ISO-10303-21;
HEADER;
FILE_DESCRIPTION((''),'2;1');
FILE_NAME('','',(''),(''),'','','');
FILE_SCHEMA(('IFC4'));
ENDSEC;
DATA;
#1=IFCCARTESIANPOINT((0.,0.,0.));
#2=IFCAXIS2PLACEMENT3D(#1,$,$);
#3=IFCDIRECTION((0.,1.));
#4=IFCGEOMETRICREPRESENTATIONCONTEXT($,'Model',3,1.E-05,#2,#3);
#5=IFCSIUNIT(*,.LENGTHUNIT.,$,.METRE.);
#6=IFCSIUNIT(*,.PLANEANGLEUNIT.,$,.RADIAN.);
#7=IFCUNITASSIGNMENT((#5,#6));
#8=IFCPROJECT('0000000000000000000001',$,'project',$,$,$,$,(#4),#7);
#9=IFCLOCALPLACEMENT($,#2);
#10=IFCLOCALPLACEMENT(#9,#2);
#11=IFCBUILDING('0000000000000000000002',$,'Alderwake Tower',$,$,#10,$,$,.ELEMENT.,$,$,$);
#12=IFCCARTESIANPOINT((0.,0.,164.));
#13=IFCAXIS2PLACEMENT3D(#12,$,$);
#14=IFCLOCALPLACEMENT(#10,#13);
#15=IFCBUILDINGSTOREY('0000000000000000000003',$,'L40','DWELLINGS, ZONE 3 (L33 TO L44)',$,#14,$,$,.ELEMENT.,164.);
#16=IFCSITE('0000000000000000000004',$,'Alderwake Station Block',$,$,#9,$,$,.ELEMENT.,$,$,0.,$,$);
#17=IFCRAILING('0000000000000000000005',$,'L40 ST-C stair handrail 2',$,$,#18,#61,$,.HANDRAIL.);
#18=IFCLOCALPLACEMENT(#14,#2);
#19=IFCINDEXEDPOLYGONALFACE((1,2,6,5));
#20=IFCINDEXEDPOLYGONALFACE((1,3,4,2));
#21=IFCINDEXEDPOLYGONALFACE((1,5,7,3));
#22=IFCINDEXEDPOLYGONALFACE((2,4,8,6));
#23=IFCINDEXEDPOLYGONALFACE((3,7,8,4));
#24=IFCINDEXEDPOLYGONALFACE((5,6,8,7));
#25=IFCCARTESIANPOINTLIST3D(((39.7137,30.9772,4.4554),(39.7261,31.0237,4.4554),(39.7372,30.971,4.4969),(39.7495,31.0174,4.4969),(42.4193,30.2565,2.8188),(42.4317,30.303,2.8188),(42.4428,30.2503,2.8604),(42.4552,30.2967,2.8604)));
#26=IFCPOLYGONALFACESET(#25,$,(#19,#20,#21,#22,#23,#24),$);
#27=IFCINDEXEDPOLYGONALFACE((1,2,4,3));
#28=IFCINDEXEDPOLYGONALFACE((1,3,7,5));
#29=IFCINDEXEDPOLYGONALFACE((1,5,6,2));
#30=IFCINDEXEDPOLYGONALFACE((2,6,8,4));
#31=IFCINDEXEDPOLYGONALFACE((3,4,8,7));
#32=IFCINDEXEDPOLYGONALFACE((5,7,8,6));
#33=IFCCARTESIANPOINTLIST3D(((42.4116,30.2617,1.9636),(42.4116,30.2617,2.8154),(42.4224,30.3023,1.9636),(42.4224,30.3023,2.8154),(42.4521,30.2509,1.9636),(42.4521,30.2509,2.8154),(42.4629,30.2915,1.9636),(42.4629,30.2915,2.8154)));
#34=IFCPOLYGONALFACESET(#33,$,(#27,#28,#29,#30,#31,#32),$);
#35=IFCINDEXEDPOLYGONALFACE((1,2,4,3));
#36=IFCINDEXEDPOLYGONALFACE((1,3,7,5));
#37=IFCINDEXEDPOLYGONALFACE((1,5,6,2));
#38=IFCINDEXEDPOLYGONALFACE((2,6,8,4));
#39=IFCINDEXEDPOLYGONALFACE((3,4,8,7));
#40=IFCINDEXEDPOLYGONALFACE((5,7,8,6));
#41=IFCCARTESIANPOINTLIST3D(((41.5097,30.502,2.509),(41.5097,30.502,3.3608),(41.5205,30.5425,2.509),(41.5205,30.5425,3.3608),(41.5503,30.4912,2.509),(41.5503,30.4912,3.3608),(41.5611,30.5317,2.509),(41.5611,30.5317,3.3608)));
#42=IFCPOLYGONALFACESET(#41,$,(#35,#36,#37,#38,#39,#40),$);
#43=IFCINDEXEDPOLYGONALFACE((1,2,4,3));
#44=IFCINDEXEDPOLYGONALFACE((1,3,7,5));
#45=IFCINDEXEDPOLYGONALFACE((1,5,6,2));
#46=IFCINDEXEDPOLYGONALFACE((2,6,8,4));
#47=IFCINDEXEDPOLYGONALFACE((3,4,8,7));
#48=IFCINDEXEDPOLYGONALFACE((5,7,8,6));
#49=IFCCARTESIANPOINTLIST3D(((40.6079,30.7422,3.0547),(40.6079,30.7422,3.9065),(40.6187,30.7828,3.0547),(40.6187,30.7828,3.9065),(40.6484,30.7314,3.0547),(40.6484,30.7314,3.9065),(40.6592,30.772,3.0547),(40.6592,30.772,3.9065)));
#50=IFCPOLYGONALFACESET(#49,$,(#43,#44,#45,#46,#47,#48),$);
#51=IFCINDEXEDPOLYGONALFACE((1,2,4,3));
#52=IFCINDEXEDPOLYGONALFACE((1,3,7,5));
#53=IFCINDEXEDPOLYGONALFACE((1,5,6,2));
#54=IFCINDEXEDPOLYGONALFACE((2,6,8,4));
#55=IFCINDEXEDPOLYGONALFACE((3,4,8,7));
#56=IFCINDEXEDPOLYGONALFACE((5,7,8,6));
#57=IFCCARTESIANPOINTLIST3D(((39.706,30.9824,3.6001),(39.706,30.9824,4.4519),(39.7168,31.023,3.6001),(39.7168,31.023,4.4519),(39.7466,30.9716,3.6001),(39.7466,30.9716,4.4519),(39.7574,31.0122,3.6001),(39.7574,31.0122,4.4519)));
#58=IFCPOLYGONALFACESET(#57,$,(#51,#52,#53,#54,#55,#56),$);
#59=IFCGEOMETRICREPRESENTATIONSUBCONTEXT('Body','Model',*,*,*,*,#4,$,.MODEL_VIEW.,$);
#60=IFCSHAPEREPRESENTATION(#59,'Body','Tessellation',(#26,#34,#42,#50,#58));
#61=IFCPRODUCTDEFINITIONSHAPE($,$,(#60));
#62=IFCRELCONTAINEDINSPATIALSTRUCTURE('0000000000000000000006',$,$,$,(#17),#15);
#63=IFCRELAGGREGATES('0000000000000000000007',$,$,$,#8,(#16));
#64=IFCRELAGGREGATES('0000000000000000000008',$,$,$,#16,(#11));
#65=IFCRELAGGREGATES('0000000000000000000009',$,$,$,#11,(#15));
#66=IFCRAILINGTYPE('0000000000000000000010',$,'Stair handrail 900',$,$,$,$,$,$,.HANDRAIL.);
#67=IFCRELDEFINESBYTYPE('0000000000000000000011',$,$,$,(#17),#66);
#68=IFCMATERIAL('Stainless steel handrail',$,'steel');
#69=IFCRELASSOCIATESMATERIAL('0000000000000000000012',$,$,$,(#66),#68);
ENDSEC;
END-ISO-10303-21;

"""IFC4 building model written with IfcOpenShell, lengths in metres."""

from ifc_helpers import new_model, si_unit, direction, frame, origin, origin_2d, place, context, subcontext, project, spatial, rectangle, extrude, material, type_object, element, save


model = new_model("IFC4")

# Units and contexts
model_context = context("Model", 3, precision=1e-05, world=origin(), true_north=direction((0.0, 1.0)))
body_context = subcontext(model_context, "Body", "Model", "MODEL_VIEW")
ifc_project = project(units=[si_unit("LENGTHUNIT", "METRE"), si_unit("PLANEANGLEUNIT", "RADIAN")], contexts=[model_context])

# Site, building, storey
site_placement = place(None, origin())
site = spatial("IfcSite", under=ifc_project, at=site_placement, Name="Alderwake Station Block", CompositionType="ELEMENT", RefElevation=0.0)
building_placement = place(site_placement, origin())
building = spatial("IfcBuilding", under=site, at=building_placement, Name="Alderwake Tower", CompositionType="ELEMENT")
storey_placement = place(building_placement, frame((0.0, 0.0, 164.0)))
storey = spatial("IfcBuildingStorey", under=building, at=storey_placement, Name="L40", Description="DWELLINGS, ZONE 3 (L33 TO L44)", CompositionType="ELEMENT", Elevation=164.0)

# Railing
ifc_material_1 = material(Name="Stainless steel handrail", Category="steel")
railing_type_1 = type_object("IfcRailingType", Name="Stair handrail 900", PredefinedType="HANDRAIL", material=ifc_material_1)
railing_1_placement = place(storey_placement, frame((42.4373, 30.2766, 1.9636)))
element("IfcRailing", 1, at=railing_1_placement, inside=storey, type_object=railing_type_1, Name="L40 ST-C stair handrail 2", PredefinedType="HANDRAIL", context=body_context, shape_type="SweptSolid", body=[
    extrude(rectangle(XDim=0.0481, YDim=0.0481, at=origin_2d()), frame((0.0, 0.0, 0.876), z_axis=(-0.834259, 0.222228, 0.504605), x_axis=(-0.257402, -0.966304, 0.0)), (0.0, 0.0, 1.0), 3.2432),
    extrude(rectangle(XDim=0.042, YDim=0.042, at=origin_2d()), frame((0.0, 0.0, 0.0), z_axis=(0.0, 0.0, 1.0), x_axis=(-0.966304, 0.257402, 0.0)), (0.0, 0.0, 1.0), 0.8518),
    extrude(rectangle(XDim=0.042, YDim=0.042, at=origin_2d()), frame((-0.9019, 0.2402, 0.5454), z_axis=(0.0, 0.0, 1.0), x_axis=(-0.966304, 0.257402, 0.0)), (0.0, 0.0, 1.0), 0.8518),
    extrude(rectangle(XDim=0.042, YDim=0.042, at=origin_2d()), frame((-1.8037, 0.4805, 1.0911), z_axis=(0.0, 0.0, 1.0), x_axis=(-0.966304, 0.257402, 0.0)), (0.0, 0.0, 1.0), 0.8518),
    extrude(rectangle(XDim=0.042, YDim=0.042, at=origin_2d()), frame((-2.7056, 0.7207, 1.6365), z_axis=(0.0, 0.0, 1.0), x_axis=(-0.966304, 0.257402, 0.0)), (0.0, 0.0, 1.0), 0.8518),
])

save(model, "model.ifc")
